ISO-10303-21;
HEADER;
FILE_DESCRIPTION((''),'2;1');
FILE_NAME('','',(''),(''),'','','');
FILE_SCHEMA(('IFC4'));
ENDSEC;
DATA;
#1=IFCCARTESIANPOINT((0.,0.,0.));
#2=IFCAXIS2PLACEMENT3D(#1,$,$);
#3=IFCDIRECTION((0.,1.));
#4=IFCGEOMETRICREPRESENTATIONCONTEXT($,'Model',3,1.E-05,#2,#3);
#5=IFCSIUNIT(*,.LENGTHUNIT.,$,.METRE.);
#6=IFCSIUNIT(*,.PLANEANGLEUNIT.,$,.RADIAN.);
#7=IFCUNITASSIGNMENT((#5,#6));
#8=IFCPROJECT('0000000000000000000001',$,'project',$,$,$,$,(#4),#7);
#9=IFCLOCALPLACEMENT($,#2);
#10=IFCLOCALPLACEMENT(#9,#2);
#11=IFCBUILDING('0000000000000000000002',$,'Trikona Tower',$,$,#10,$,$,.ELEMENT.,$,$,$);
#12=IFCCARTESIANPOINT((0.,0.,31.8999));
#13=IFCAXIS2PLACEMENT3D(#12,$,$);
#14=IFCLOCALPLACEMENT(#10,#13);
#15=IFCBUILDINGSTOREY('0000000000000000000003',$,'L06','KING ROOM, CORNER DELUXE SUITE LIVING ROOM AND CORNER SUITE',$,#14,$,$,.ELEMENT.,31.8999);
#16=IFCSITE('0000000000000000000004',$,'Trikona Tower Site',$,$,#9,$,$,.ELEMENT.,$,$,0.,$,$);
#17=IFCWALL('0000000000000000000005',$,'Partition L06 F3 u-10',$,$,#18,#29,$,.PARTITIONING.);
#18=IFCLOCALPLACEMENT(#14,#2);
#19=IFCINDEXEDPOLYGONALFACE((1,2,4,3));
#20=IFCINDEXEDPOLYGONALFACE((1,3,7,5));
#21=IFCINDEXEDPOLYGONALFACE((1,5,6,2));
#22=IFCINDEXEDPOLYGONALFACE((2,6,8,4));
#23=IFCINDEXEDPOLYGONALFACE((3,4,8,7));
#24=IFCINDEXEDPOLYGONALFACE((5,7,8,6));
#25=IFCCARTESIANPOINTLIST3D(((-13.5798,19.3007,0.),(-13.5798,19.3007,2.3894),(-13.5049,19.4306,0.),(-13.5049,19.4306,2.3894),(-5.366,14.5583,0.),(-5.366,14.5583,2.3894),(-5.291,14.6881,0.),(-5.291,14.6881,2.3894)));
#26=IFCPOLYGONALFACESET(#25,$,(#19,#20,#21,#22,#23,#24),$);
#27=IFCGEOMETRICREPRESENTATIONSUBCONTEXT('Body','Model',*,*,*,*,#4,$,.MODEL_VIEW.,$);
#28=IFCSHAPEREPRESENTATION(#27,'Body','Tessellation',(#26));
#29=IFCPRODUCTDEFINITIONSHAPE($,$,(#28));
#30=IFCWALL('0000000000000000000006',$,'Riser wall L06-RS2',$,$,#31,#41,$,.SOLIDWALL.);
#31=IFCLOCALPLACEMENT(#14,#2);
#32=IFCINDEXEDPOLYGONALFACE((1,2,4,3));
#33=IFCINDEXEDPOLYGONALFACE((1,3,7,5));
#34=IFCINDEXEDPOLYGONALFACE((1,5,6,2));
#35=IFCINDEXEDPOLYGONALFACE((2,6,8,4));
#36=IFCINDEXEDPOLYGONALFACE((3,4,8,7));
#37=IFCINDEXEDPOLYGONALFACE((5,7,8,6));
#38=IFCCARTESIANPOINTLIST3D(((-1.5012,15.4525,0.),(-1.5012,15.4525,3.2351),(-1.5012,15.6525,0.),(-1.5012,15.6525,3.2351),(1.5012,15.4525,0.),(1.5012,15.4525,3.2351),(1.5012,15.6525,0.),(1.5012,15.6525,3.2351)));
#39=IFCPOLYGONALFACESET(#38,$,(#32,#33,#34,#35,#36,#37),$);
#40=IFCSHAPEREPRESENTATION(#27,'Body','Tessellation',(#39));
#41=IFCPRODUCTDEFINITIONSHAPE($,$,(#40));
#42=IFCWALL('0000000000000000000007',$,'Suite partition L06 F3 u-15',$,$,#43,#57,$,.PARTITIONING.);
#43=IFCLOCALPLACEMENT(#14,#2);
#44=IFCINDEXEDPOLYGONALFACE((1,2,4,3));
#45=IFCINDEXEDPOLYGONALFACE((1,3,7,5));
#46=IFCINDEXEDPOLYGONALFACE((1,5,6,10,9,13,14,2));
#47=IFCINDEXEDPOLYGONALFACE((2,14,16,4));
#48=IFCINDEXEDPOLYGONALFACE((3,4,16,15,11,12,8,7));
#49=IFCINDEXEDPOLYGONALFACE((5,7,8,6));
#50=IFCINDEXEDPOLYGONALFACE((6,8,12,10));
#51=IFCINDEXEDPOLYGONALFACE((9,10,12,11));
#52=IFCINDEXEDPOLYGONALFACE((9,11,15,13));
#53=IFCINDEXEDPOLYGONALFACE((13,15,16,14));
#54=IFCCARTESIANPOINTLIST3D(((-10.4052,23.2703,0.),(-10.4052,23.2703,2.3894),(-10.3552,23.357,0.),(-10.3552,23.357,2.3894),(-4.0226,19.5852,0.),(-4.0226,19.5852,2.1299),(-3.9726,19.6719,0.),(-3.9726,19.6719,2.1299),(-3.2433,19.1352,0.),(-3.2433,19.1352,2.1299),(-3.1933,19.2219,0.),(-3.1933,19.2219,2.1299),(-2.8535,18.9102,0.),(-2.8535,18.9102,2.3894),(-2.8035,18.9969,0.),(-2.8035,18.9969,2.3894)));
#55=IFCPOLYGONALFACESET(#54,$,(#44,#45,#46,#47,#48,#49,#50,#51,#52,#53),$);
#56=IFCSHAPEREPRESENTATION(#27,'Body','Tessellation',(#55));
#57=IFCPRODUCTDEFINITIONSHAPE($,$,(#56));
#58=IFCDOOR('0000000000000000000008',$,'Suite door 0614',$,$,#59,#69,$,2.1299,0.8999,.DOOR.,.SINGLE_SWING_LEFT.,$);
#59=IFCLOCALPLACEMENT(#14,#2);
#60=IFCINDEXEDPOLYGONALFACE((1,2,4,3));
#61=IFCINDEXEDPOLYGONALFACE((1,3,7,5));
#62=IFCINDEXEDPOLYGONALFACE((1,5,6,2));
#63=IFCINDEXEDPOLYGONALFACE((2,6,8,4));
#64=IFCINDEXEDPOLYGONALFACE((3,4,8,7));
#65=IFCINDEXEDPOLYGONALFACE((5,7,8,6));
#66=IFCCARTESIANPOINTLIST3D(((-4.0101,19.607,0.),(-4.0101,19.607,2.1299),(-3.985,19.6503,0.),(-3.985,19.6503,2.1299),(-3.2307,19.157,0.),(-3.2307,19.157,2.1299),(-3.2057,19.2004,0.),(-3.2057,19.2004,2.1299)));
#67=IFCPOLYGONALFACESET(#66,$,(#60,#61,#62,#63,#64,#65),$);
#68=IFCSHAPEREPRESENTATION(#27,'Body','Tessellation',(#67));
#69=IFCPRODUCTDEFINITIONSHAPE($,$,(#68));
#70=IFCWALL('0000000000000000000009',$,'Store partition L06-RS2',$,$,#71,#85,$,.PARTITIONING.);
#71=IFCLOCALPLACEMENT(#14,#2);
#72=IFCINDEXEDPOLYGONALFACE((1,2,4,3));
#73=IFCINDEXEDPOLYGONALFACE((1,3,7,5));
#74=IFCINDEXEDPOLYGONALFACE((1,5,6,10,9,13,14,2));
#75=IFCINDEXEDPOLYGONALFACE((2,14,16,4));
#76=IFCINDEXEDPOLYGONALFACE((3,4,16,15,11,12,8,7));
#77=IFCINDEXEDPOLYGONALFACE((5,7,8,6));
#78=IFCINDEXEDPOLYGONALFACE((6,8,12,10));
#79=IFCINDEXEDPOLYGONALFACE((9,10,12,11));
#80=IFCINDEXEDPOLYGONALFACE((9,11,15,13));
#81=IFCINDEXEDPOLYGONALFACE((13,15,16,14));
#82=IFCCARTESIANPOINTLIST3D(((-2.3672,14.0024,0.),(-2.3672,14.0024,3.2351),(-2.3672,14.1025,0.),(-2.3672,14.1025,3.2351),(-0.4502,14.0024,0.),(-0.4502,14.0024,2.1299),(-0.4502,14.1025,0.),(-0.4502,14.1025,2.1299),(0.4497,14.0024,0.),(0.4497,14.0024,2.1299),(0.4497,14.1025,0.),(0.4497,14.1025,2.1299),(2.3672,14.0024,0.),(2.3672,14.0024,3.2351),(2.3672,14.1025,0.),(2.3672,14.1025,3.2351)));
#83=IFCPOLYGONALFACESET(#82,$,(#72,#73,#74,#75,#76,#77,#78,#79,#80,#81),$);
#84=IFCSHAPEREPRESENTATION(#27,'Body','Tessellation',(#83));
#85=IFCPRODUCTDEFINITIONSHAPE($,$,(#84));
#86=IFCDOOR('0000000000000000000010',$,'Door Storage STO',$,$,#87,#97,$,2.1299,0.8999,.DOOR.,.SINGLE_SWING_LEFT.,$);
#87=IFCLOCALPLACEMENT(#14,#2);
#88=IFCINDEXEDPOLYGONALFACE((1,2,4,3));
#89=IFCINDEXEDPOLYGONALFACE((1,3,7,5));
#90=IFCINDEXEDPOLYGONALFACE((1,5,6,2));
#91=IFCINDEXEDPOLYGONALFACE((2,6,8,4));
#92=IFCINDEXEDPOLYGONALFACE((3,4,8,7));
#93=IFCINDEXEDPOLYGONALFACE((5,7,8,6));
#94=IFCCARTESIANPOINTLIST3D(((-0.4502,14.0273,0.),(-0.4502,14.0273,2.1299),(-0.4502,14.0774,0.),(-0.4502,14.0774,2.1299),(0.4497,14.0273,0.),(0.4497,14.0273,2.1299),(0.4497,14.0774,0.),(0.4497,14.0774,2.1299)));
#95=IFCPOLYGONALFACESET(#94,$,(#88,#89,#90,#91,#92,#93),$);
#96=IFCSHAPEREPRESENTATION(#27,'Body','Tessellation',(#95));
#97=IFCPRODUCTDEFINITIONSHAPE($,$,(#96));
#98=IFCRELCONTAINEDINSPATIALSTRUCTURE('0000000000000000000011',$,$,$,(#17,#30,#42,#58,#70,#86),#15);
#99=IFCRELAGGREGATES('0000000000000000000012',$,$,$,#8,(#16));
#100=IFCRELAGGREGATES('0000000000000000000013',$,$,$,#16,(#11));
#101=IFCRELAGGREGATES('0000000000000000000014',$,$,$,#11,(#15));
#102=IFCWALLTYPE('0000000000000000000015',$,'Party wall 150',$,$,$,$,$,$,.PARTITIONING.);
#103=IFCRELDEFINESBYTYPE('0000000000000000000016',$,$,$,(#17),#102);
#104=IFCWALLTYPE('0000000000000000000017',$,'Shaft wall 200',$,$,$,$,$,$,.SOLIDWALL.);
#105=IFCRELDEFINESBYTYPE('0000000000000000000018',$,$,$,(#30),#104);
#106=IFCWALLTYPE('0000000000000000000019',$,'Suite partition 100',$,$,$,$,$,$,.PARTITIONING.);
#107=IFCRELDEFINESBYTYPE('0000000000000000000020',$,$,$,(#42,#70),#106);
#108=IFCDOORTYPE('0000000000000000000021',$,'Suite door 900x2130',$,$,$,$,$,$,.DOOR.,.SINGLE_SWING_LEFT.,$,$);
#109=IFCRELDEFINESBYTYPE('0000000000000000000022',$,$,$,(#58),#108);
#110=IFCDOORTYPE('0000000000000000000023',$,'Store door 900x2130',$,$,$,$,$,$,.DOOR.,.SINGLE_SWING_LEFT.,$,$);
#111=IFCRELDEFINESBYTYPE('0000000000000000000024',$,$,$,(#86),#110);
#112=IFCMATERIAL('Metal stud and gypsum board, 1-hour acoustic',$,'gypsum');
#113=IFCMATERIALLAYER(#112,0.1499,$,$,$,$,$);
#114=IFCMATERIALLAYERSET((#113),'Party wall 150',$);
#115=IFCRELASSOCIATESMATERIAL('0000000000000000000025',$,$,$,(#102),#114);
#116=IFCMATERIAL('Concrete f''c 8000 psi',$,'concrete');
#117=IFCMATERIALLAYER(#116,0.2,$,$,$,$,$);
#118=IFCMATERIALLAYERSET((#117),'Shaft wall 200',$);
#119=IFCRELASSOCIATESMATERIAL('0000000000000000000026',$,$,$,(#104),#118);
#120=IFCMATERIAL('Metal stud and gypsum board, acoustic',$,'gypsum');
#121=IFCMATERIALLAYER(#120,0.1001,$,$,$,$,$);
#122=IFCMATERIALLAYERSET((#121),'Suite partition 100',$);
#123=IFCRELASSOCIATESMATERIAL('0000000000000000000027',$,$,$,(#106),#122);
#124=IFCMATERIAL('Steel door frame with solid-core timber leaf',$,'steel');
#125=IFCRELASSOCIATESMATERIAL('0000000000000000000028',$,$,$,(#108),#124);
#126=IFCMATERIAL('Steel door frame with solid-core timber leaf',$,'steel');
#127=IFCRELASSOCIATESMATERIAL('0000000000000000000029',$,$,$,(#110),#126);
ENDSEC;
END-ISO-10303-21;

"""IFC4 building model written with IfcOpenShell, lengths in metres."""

from ifc_helpers import new_model, si_unit, direction, frame, frame_2d, origin, place, context, subcontext, project, spatial, rectangle, extrude, material, layer, layer_set, type_object, element, fill, save


model = new_model("IFC4")

# Units and contexts
model_context = context("Model", 3, precision=1e-05, world=origin(), true_north=direction((0.0, 1.0)))
body_context = subcontext(model_context, "Body", "Model", "MODEL_VIEW")
ifc_project = project(units=[si_unit("LENGTHUNIT", "METRE"), si_unit("PLANEANGLEUNIT", "RADIAN")], contexts=[model_context])

# Site, building, storey
site_placement = place(None, origin())
site = spatial("IfcSite", under=ifc_project, at=site_placement, Name="Trikona Tower Site", CompositionType="ELEMENT", RefElevation=0.0)
building_placement = place(site_placement, origin())
building = spatial("IfcBuilding", under=site, at=building_placement, Name="Trikona Tower", CompositionType="ELEMENT")
storey_placement = place(building_placement, frame((0.0, 0.0, 31.8999)))
storey = spatial("IfcBuildingStorey", under=building, at=storey_placement, Name="L06", Description="KING ROOM, CORNER DELUXE SUITE LIVING ROOM AND CORNER SUITE", CompositionType="ELEMENT", Elevation=31.8999)

# Walls
ifc_material_1 = material(Name="Metal stud and gypsum board, 1-hour acoustic", Category="gypsum")
ifc_layer_1 = layer(ifc_material_1, 0.1499)
ifc_layer_set_1 = layer_set([ifc_layer_1], Name="Party wall 150")
wall_type_1 = type_object("IfcWallType", Name="Party wall 150", PredefinedType="PARTITIONING", material=ifc_layer_set_1)
wall_1_placement = place(storey_placement, frame((-5.3286, 14.6233, 0.0), z_axis=(0.0, 0.0, 1.0), x_axis=(-0.866018, 0.500012, 0.0)))
element("IfcWall", 1, at=wall_1_placement, inside=storey, type_object=wall_type_1, Name="Partition L06 F3 u-10", PredefinedType="PARTITIONING", context=body_context, shape_type="SweptSolid", body=[
    extrude(rectangle(XDim=9.4846, YDim=0.1499, at=frame_2d((4.7422, 0.0))), origin(), (0.0, 0.0, 1.0), 2.3894),
])
ifc_material_2 = material(Name="Concrete f'c 8000 psi", Category="concrete")
ifc_layer_2 = layer(ifc_material_2, 0.2)
ifc_layer_set_2 = layer_set([ifc_layer_2], Name="Shaft wall 200")
wall_type_2 = type_object("IfcWallType", Name="Shaft wall 200", PredefinedType="SOLIDWALL", material=ifc_layer_set_2)
wall_2_placement = place(storey_placement, frame((-1.5012, 15.5525, 0.0), z_axis=(0.0, 0.0, 1.0), x_axis=(1.0, 0.0, 0.0)))
element("IfcWall", 2, at=wall_2_placement, inside=storey, type_object=wall_type_2, Name="Riser wall L06-RS2", PredefinedType="SOLIDWALL", context=body_context, shape_type="SweptSolid", body=[
    extrude(rectangle(XDim=3.0024, YDim=0.2, at=frame_2d((1.5012, 0.0))), origin(), (0.0, 0.0, 1.0), 3.2351),
])

# Walls, openings, doors
ifc_material_3 = material(Name="Metal stud and gypsum board, acoustic", Category="gypsum")
ifc_layer_3 = layer(ifc_material_3, 0.1001)
ifc_layer_set_3 = layer_set([ifc_layer_3], Name="Suite partition 100")
wall_type_3 = type_object("IfcWallType", Name="Suite partition 100", PredefinedType="PARTITIONING", material=ifc_layer_set_3)
wall_3_placement = place(storey_placement, frame((-2.8286, 18.9536, 0.0), z_axis=(0.0, 0.0, 1.0), x_axis=(-0.866021, 0.500008, 0.0)))
wall_3 = element("IfcWall", 3, at=wall_3_placement, inside=storey, type_object=wall_type_3, Name="Suite partition L06 F3 u-15", PredefinedType="PARTITIONING", context=body_context, shape_type="SweptSolid", body=[
    extrude(rectangle(XDim=8.72, YDim=0.1001, at=frame_2d((4.3599, 0.0))), origin(), (0.0, 0.0, 1.0), 2.3894),
])
opening_1_placement = place(wall_3_placement, frame((0.45, 0.0, 0.0)))
opening_1 = element("IfcOpeningElement", 4, at=opening_1_placement, cuts=wall_3, PredefinedType="OPENING", context=body_context, shape_type="SweptSolid", body=[
    extrude(rectangle(XDim=0.8999, YDim=2.1299, at=frame_2d((0.45, 1.0649))), frame((0.0, 0.0601, 0.0), z_axis=(0.0, -1.0, 0.0), x_axis=(1.0, 0.0, 0.0)), (0.0, 0.0, 1.0), 0.1201),
])
ifc_material_4 = material(Name="Steel door frame with solid-core timber leaf", Category="steel")
door_type_1 = type_object("IfcDoorType", Name="Suite door 900x2130", OperationType="SINGLE_SWING_LEFT", PredefinedType="DOOR", material=ifc_material_4)
door_1_placement = place(opening_1_placement, origin())
door_1 = element("IfcDoor", 5, at=door_1_placement, inside=storey, type_object=door_type_1, Name="Suite door 0614", OperationType="SINGLE_SWING_LEFT", OverallHeight=2.1299, OverallWidth=0.8999, PredefinedType="DOOR", context=body_context, shape_type="SweptSolid", body=[
    extrude(rectangle(XDim=0.8999, YDim=2.1299, at=frame_2d((0.45, 1.0649))), frame((0.0, 0.0249, 0.0), z_axis=(0.0, -1.0, 0.0), x_axis=(1.0, 0.0, 0.0)), (0.0, 0.0, 1.0), 0.05),
])
fill(opening_1, door_1)
wall_4_placement = place(storey_placement, frame((-2.3672, 14.0525, 0.0), z_axis=(0.0, 0.0, 1.0), x_axis=(1.0, 0.0, 0.0)))
wall_4 = element("IfcWall", 6, at=wall_4_placement, inside=storey, type_object=wall_type_3, Name="Store partition L06-RS2", PredefinedType="PARTITIONING", context=body_context, shape_type="SweptSolid", body=[
    extrude(rectangle(XDim=4.7344, YDim=0.1001, at=frame_2d((2.3672, 0.0))), origin(), (0.0, 0.0, 1.0), 3.2351),
])
opening_2_placement = place(wall_4_placement, frame((1.917, 0.0, 0.0)))
opening_2 = element("IfcOpeningElement", 7, at=opening_2_placement, cuts=wall_4, PredefinedType="OPENING", context=body_context, shape_type="SweptSolid", body=[
    extrude(rectangle(XDim=0.8999, YDim=2.1299, at=frame_2d((0.45, 1.0649))), frame((0.0, 0.0601, 0.0), z_axis=(0.0, -1.0, 0.0), x_axis=(1.0, 0.0, 0.0)), (0.0, 0.0, 1.0), 0.1201),
])
ifc_material_5 = material(Name="Steel door frame with solid-core timber leaf", Category="steel")
door_type_2 = type_object("IfcDoorType", Name="Store door 900x2130", OperationType="SINGLE_SWING_LEFT", PredefinedType="DOOR", material=ifc_material_5)
door_2_placement = place(opening_2_placement, origin())
door_2 = element("IfcDoor", 8, at=door_2_placement, inside=storey, type_object=door_type_2, Name="Door Storage STO", OperationType="SINGLE_SWING_LEFT", OverallHeight=2.1299, OverallWidth=0.8999, PredefinedType="DOOR", context=body_context, shape_type="SweptSolid", body=[
    extrude(rectangle(XDim=0.8999, YDim=2.1299, at=frame_2d((0.45, 1.0649))), frame((0.0, 0.0249, 0.0), z_axis=(0.0, -1.0, 0.0), x_axis=(1.0, 0.0, 0.0)), (0.0, 0.0, 1.0), 0.05),
])
fill(opening_2, door_2)

save(model, "model.ifc")
